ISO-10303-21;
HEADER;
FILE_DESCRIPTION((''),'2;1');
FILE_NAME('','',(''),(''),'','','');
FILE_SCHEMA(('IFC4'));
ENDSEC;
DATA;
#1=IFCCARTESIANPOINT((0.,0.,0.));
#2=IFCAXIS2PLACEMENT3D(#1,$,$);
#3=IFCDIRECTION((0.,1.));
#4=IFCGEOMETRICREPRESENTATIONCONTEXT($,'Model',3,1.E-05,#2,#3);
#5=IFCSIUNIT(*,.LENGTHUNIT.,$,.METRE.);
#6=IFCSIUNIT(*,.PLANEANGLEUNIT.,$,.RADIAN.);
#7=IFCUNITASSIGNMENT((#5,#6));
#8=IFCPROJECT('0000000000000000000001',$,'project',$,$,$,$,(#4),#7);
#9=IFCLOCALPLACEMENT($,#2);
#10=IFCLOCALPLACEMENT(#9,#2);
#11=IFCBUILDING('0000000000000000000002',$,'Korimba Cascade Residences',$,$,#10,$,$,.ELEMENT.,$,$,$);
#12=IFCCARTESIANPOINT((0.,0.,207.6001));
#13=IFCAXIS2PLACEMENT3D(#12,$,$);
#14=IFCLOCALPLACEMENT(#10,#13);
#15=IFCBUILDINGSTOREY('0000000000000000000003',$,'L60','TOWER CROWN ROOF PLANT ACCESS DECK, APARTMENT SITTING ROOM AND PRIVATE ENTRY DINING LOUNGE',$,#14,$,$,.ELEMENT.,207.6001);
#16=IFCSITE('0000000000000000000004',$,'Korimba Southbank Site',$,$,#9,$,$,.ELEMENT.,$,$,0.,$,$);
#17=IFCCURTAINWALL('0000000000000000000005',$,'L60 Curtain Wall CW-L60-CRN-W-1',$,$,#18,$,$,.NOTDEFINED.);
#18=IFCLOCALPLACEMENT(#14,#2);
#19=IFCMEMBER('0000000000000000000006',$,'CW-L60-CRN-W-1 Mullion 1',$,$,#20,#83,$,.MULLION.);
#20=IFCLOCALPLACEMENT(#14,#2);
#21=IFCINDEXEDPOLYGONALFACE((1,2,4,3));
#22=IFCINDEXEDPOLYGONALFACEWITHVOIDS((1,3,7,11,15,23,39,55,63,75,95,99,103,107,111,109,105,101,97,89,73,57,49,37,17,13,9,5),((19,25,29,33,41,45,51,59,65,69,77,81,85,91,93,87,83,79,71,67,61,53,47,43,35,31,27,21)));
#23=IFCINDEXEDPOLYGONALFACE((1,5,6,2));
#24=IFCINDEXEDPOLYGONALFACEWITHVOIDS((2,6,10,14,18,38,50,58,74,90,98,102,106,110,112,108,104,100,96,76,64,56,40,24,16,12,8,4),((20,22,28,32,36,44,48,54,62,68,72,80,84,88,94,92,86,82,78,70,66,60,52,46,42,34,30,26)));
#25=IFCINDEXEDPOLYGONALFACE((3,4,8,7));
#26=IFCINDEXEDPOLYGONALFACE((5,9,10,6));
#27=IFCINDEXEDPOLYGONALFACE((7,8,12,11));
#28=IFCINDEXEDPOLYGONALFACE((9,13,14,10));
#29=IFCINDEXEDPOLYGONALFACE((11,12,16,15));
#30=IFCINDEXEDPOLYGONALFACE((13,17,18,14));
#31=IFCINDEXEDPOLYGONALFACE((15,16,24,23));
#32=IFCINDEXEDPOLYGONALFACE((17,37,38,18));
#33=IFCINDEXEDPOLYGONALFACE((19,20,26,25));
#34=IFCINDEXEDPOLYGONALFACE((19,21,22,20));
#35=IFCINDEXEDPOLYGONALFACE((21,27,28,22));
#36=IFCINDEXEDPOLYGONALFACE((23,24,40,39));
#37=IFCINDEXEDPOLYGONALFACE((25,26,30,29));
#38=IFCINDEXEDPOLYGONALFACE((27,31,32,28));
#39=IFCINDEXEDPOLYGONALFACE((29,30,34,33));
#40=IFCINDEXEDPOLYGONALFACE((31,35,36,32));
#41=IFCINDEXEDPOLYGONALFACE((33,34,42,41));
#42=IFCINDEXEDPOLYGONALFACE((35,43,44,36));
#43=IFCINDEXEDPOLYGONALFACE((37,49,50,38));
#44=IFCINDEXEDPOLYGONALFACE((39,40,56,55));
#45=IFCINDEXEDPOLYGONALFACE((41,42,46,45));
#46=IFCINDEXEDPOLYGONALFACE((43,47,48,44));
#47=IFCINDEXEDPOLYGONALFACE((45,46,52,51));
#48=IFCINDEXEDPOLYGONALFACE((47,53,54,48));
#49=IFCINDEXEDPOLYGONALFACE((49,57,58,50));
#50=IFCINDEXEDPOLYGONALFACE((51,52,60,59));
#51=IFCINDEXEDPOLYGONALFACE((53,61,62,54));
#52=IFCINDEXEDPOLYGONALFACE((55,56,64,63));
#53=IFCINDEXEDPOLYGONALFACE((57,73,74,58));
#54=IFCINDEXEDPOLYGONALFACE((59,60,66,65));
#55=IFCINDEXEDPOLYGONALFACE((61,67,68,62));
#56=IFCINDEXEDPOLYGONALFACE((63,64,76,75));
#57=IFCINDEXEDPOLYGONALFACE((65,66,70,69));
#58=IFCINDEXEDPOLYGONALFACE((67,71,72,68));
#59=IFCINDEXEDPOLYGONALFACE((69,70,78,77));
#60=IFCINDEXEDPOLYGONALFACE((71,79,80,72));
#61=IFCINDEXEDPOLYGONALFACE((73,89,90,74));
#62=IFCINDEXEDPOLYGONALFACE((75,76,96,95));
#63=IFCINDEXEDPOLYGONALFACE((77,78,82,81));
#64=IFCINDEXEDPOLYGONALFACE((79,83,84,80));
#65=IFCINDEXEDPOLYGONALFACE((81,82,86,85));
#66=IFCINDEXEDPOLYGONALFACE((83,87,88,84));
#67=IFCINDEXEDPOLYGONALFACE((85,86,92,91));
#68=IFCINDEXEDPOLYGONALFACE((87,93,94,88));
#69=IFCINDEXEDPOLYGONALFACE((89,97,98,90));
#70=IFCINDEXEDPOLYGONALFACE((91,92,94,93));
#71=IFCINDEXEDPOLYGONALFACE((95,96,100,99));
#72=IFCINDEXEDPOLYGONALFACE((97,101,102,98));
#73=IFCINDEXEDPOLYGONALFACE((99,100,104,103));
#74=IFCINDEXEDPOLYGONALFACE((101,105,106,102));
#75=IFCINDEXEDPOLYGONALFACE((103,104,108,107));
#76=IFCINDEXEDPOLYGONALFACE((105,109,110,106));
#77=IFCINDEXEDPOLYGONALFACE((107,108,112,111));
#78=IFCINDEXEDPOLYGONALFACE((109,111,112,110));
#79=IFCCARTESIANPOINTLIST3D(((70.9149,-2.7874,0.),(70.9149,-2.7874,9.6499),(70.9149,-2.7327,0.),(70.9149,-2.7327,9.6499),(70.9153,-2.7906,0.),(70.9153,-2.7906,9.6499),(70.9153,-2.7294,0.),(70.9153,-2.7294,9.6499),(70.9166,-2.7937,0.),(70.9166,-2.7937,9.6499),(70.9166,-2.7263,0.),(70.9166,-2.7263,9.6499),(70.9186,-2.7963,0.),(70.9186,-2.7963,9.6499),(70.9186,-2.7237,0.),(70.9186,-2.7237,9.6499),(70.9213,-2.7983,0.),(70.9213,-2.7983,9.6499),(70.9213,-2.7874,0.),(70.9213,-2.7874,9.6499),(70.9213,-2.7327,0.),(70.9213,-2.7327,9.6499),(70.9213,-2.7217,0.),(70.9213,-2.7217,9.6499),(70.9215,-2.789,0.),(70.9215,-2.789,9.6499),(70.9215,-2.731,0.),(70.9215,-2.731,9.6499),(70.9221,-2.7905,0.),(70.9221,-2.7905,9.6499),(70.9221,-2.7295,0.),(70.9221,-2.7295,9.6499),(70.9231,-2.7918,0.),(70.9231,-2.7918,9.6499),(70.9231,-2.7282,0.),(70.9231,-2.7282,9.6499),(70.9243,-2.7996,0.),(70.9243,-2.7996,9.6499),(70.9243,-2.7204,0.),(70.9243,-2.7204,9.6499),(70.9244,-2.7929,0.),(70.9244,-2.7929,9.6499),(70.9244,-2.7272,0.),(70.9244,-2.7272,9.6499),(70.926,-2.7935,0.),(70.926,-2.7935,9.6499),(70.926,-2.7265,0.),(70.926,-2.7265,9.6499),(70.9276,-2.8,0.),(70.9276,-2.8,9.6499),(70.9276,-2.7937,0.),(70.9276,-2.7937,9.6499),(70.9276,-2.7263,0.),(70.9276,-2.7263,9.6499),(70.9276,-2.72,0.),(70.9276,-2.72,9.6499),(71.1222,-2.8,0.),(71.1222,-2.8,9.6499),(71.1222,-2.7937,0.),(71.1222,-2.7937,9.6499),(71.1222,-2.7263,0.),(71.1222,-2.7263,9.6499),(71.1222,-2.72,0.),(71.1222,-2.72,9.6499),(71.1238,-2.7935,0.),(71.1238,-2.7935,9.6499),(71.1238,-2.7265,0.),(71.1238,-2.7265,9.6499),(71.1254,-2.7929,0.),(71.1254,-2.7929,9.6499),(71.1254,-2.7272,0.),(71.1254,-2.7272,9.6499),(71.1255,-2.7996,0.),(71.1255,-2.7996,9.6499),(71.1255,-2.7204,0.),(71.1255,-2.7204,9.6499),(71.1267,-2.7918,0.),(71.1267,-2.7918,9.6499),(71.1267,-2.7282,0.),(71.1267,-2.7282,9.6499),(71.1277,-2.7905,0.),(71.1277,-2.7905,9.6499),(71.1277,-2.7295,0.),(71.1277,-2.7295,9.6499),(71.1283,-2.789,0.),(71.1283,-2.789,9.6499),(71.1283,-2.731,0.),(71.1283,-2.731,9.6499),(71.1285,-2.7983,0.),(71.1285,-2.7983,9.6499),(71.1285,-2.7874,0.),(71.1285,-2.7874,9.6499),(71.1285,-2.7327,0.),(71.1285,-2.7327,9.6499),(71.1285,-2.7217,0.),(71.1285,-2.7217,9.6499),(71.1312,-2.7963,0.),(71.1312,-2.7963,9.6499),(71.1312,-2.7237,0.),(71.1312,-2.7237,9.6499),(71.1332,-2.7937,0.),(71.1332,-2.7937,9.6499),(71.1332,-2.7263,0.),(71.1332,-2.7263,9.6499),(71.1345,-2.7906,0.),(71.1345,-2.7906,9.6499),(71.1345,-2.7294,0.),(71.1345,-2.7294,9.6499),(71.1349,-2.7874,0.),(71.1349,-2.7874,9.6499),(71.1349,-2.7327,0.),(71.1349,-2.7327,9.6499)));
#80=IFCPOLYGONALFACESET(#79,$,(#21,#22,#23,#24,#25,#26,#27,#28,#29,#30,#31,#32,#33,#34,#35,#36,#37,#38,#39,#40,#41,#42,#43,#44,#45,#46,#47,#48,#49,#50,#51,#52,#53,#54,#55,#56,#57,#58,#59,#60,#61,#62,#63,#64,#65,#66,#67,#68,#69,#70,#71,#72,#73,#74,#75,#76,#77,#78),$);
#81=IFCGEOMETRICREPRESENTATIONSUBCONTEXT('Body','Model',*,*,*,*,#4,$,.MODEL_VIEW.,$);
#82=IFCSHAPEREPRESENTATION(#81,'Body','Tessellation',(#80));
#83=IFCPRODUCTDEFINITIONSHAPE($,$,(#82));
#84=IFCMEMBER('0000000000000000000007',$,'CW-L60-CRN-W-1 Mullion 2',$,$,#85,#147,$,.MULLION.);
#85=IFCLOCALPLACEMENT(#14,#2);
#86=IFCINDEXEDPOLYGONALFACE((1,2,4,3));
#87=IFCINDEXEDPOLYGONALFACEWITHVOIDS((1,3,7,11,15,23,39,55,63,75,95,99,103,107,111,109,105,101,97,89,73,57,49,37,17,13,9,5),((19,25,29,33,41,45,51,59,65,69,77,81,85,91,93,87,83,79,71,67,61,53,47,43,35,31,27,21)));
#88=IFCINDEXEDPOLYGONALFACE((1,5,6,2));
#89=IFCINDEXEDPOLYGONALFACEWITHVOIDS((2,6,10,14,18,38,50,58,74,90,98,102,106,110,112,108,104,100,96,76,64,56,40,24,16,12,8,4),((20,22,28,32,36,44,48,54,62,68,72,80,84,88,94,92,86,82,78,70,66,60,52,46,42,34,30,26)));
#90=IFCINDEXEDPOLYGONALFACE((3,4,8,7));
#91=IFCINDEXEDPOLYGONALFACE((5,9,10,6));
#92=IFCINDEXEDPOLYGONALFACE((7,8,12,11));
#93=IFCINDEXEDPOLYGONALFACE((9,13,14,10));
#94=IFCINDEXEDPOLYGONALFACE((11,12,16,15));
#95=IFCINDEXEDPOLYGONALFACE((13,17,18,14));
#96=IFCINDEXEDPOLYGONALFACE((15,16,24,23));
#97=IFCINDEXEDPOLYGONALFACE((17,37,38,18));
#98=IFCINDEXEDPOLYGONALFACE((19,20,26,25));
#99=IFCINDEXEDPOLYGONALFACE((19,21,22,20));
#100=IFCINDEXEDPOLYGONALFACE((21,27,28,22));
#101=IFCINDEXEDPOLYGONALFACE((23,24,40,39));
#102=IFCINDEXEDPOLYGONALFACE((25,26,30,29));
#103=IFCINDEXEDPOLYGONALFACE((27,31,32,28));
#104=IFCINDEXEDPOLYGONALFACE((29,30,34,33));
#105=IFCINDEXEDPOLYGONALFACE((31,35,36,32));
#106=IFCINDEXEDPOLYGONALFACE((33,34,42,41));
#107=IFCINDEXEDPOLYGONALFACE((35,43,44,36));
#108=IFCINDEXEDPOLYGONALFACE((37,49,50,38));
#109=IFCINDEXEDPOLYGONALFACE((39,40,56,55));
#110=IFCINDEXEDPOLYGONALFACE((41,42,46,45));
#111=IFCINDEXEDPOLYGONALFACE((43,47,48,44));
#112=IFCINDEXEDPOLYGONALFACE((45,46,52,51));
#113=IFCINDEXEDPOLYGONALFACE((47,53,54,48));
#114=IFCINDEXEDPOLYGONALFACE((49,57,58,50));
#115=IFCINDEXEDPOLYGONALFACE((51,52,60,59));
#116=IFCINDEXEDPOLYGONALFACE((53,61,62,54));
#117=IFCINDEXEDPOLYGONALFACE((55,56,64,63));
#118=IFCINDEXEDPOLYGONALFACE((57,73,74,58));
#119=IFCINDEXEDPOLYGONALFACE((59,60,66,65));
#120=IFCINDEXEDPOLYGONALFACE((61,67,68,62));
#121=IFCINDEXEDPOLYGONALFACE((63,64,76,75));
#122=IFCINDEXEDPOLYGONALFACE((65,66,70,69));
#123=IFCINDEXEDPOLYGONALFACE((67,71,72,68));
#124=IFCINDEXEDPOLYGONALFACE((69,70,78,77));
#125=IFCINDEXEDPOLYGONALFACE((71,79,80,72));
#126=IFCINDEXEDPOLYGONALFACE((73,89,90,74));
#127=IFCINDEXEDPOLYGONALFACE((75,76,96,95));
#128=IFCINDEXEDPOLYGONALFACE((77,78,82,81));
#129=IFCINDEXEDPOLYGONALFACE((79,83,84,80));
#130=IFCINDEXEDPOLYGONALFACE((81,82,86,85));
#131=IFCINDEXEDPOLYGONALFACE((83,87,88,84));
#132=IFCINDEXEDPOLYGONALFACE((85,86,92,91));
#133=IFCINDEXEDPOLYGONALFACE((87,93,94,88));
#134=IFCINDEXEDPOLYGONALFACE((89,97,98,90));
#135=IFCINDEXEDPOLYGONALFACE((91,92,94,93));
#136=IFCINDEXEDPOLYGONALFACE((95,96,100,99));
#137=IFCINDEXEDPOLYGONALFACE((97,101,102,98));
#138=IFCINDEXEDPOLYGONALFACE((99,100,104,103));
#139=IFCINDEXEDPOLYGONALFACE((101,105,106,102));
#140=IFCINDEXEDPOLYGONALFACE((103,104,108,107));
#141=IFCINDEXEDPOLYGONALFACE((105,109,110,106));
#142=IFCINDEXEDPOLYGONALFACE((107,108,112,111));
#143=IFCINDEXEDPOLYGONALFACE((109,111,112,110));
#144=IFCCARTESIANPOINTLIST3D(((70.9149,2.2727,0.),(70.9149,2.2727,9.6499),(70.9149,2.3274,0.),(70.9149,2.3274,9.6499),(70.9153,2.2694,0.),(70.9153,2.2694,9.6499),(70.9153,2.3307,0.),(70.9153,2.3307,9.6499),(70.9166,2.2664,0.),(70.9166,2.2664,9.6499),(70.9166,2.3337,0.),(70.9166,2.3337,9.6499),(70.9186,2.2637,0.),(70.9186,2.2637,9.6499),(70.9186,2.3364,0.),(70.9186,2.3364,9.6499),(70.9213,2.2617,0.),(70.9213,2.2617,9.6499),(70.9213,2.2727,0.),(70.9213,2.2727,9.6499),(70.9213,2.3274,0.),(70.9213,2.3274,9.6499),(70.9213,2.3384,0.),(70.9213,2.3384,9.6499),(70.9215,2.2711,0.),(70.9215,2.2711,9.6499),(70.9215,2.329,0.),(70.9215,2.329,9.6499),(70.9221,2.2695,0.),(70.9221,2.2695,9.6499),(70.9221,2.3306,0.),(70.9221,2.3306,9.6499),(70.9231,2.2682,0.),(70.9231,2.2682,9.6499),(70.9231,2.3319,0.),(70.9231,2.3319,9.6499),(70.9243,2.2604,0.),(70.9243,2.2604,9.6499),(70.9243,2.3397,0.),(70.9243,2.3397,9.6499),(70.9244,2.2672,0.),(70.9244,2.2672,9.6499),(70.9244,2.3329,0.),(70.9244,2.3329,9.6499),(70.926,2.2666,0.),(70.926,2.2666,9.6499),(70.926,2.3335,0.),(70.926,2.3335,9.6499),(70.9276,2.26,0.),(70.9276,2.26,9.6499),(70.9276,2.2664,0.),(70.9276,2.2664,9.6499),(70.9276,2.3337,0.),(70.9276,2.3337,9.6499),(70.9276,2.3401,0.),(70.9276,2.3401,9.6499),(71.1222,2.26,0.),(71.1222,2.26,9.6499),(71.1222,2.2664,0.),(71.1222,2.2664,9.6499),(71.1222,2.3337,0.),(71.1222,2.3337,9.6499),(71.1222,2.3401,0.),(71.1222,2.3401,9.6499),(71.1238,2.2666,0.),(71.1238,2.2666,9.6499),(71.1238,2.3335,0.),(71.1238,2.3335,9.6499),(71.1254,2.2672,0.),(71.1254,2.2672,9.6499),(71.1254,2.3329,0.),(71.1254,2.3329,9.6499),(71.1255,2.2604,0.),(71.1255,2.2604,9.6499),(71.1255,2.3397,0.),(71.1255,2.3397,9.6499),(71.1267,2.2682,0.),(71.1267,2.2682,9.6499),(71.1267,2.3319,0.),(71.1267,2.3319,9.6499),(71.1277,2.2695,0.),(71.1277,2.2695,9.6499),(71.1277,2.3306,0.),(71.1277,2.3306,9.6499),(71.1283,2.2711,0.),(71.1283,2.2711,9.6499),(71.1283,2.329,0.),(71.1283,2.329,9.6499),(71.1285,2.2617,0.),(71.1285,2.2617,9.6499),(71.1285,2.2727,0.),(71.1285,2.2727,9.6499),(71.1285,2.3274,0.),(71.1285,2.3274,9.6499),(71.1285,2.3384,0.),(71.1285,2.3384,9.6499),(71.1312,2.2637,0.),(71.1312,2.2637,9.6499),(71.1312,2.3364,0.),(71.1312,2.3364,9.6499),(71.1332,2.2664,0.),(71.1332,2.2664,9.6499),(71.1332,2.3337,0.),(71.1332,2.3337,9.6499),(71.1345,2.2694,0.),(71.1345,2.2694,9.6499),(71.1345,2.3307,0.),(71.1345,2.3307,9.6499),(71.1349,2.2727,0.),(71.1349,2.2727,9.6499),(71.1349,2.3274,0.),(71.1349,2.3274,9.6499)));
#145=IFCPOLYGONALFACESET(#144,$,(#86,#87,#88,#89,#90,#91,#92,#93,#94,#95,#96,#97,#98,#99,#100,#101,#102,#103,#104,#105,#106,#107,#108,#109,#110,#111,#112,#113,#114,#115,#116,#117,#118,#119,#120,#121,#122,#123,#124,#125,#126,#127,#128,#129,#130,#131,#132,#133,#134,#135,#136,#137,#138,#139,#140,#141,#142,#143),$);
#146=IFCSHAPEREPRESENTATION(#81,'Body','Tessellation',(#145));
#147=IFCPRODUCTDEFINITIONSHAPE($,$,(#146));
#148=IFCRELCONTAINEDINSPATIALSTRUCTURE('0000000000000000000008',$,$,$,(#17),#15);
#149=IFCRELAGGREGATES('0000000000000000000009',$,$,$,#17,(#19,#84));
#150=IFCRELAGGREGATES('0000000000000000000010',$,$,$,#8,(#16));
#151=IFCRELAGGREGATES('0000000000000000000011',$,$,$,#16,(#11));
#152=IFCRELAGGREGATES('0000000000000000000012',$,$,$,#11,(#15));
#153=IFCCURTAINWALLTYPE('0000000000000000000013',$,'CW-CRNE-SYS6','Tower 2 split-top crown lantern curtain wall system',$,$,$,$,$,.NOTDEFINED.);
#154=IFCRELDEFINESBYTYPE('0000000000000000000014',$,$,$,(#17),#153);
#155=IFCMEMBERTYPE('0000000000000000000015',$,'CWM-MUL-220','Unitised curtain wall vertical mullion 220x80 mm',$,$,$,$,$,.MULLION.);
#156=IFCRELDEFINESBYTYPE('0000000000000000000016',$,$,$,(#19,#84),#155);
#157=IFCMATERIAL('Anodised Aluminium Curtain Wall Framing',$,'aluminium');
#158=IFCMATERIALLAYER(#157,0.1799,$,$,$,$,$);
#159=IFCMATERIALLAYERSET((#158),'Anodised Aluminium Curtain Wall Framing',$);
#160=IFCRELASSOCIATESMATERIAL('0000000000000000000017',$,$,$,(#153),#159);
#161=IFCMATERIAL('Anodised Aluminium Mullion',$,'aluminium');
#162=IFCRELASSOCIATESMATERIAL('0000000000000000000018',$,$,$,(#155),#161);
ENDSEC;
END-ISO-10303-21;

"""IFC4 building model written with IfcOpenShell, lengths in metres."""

from ifc_helpers import new_model, si_unit, direction, frame, origin, origin_2d, place, context, subcontext, project, spatial, hollow_rectangle, extrude, material, layer, layer_set, material_profile, profile_set, type_object, element, aggregate, save


model = new_model("IFC4")

# Units and contexts
model_context = context("Model", 3, precision=1e-05, world=origin(), true_north=direction((0.0, 1.0)))
body_context = subcontext(model_context, "Body", "Model", "MODEL_VIEW")
ifc_project = project(units=[si_unit("LENGTHUNIT", "METRE"), si_unit("PLANEANGLEUNIT", "RADIAN")], contexts=[model_context])

# Site, building, storey
site_placement = place(None, origin())
site = spatial("IfcSite", under=ifc_project, at=site_placement, Name="Korimba Southbank Site", CompositionType="ELEMENT", RefElevation=0.0)
building_placement = place(site_placement, origin())
building = spatial("IfcBuilding", under=site, at=building_placement, Name="Korimba Cascade Residences", CompositionType="ELEMENT")
storey_placement = place(building_placement, frame((0.0, 0.0, 207.6001)))
storey = spatial("IfcBuildingStorey", under=building, at=storey_placement, Name="L60", Description="TOWER CROWN ROOF PLANT ACCESS DECK, APARTMENT SITTING ROOM AND PRIVATE ENTRY DINING LOUNGE", CompositionType="ELEMENT", Elevation=207.6001)

# Curtain wall, members
ifc_material_1 = material(Name="Anodised Aluminium Curtain Wall Framing", Category="aluminium")
ifc_layer_1 = layer(ifc_material_1, 0.1799)
ifc_layer_set_1 = layer_set([ifc_layer_1], Name="Anodised Aluminium Curtain Wall Framing")
curtain_wall_type = type_object("IfcCurtainWallType", Name="CW-CRNE-SYS6", Description="Tower 2 split-top crown lantern curtain wall system", PredefinedType="NOTDEFINED", material=ifc_layer_set_1)
curtain_wall_placement = place(storey_placement, origin())
curtain_wall = element("IfcCurtainWall", 1, at=curtain_wall_placement, inside=storey, type_object=curtain_wall_type, Name="L60 Curtain Wall CW-L60-CRN-W-1", PredefinedType="NOTDEFINED")
ifc_material_2 = material(Name="Anodised Aluminium Mullion", Category="aluminium")
ifc_material_profile_1 = material_profile(ifc_material_2, hollow_rectangle(XDim=0.0801, YDim=0.22, WallThickness=0.0063, InnerFilletRadius=0.0063, OuterFilletRadius=0.0127, at=origin_2d()), Name="Anodised Aluminium Mullion")
ifc_profile_set_1 = profile_set([ifc_material_profile_1], Name="Anodised Aluminium Mullion")
member_type_1 = type_object("IfcMemberType", Name="CWM-MUL-220", Description="Unitised curtain wall vertical mullion 220x80 mm", PredefinedType="MULLION", material=ifc_profile_set_1)
member_1_placement = place(storey_placement, frame((71.0249, -2.76, 0.0), z_axis=(0.0, 0.0, 1.0), x_axis=(0.0, 1.0, 0.0)))
member_1 = element("IfcMember", 2, at=member_1_placement, type_object=member_type_1, Name="CW-L60-CRN-W-1 Mullion 1", PredefinedType="MULLION", context=body_context, shape_type="SweptSolid", body=[
    extrude(hollow_rectangle(XDim=0.0801, YDim=0.22, WallThickness=0.0063, InnerFilletRadius=0.0063, OuterFilletRadius=0.0127, at=origin_2d()), origin(), (0.0, 0.0, 1.0), 9.6499),
])
member_2_placement = place(storey_placement, frame((71.0249, 2.3, 0.0), z_axis=(0.0, 0.0, 1.0), x_axis=(0.0, 1.0, 0.0)))
member_2 = element("IfcMember", 3, at=member_2_placement, type_object=member_type_1, Name="CW-L60-CRN-W-1 Mullion 2", PredefinedType="MULLION", context=body_context, shape_type="SweptSolid", body=[
    extrude(hollow_rectangle(XDim=0.0801, YDim=0.22, WallThickness=0.0063, InnerFilletRadius=0.0063, OuterFilletRadius=0.0127, at=origin_2d()), origin(), (0.0, 0.0, 1.0), 9.6499),
])
aggregate(curtain_wall, [member_1, member_2])

save(model, "model.ifc")
